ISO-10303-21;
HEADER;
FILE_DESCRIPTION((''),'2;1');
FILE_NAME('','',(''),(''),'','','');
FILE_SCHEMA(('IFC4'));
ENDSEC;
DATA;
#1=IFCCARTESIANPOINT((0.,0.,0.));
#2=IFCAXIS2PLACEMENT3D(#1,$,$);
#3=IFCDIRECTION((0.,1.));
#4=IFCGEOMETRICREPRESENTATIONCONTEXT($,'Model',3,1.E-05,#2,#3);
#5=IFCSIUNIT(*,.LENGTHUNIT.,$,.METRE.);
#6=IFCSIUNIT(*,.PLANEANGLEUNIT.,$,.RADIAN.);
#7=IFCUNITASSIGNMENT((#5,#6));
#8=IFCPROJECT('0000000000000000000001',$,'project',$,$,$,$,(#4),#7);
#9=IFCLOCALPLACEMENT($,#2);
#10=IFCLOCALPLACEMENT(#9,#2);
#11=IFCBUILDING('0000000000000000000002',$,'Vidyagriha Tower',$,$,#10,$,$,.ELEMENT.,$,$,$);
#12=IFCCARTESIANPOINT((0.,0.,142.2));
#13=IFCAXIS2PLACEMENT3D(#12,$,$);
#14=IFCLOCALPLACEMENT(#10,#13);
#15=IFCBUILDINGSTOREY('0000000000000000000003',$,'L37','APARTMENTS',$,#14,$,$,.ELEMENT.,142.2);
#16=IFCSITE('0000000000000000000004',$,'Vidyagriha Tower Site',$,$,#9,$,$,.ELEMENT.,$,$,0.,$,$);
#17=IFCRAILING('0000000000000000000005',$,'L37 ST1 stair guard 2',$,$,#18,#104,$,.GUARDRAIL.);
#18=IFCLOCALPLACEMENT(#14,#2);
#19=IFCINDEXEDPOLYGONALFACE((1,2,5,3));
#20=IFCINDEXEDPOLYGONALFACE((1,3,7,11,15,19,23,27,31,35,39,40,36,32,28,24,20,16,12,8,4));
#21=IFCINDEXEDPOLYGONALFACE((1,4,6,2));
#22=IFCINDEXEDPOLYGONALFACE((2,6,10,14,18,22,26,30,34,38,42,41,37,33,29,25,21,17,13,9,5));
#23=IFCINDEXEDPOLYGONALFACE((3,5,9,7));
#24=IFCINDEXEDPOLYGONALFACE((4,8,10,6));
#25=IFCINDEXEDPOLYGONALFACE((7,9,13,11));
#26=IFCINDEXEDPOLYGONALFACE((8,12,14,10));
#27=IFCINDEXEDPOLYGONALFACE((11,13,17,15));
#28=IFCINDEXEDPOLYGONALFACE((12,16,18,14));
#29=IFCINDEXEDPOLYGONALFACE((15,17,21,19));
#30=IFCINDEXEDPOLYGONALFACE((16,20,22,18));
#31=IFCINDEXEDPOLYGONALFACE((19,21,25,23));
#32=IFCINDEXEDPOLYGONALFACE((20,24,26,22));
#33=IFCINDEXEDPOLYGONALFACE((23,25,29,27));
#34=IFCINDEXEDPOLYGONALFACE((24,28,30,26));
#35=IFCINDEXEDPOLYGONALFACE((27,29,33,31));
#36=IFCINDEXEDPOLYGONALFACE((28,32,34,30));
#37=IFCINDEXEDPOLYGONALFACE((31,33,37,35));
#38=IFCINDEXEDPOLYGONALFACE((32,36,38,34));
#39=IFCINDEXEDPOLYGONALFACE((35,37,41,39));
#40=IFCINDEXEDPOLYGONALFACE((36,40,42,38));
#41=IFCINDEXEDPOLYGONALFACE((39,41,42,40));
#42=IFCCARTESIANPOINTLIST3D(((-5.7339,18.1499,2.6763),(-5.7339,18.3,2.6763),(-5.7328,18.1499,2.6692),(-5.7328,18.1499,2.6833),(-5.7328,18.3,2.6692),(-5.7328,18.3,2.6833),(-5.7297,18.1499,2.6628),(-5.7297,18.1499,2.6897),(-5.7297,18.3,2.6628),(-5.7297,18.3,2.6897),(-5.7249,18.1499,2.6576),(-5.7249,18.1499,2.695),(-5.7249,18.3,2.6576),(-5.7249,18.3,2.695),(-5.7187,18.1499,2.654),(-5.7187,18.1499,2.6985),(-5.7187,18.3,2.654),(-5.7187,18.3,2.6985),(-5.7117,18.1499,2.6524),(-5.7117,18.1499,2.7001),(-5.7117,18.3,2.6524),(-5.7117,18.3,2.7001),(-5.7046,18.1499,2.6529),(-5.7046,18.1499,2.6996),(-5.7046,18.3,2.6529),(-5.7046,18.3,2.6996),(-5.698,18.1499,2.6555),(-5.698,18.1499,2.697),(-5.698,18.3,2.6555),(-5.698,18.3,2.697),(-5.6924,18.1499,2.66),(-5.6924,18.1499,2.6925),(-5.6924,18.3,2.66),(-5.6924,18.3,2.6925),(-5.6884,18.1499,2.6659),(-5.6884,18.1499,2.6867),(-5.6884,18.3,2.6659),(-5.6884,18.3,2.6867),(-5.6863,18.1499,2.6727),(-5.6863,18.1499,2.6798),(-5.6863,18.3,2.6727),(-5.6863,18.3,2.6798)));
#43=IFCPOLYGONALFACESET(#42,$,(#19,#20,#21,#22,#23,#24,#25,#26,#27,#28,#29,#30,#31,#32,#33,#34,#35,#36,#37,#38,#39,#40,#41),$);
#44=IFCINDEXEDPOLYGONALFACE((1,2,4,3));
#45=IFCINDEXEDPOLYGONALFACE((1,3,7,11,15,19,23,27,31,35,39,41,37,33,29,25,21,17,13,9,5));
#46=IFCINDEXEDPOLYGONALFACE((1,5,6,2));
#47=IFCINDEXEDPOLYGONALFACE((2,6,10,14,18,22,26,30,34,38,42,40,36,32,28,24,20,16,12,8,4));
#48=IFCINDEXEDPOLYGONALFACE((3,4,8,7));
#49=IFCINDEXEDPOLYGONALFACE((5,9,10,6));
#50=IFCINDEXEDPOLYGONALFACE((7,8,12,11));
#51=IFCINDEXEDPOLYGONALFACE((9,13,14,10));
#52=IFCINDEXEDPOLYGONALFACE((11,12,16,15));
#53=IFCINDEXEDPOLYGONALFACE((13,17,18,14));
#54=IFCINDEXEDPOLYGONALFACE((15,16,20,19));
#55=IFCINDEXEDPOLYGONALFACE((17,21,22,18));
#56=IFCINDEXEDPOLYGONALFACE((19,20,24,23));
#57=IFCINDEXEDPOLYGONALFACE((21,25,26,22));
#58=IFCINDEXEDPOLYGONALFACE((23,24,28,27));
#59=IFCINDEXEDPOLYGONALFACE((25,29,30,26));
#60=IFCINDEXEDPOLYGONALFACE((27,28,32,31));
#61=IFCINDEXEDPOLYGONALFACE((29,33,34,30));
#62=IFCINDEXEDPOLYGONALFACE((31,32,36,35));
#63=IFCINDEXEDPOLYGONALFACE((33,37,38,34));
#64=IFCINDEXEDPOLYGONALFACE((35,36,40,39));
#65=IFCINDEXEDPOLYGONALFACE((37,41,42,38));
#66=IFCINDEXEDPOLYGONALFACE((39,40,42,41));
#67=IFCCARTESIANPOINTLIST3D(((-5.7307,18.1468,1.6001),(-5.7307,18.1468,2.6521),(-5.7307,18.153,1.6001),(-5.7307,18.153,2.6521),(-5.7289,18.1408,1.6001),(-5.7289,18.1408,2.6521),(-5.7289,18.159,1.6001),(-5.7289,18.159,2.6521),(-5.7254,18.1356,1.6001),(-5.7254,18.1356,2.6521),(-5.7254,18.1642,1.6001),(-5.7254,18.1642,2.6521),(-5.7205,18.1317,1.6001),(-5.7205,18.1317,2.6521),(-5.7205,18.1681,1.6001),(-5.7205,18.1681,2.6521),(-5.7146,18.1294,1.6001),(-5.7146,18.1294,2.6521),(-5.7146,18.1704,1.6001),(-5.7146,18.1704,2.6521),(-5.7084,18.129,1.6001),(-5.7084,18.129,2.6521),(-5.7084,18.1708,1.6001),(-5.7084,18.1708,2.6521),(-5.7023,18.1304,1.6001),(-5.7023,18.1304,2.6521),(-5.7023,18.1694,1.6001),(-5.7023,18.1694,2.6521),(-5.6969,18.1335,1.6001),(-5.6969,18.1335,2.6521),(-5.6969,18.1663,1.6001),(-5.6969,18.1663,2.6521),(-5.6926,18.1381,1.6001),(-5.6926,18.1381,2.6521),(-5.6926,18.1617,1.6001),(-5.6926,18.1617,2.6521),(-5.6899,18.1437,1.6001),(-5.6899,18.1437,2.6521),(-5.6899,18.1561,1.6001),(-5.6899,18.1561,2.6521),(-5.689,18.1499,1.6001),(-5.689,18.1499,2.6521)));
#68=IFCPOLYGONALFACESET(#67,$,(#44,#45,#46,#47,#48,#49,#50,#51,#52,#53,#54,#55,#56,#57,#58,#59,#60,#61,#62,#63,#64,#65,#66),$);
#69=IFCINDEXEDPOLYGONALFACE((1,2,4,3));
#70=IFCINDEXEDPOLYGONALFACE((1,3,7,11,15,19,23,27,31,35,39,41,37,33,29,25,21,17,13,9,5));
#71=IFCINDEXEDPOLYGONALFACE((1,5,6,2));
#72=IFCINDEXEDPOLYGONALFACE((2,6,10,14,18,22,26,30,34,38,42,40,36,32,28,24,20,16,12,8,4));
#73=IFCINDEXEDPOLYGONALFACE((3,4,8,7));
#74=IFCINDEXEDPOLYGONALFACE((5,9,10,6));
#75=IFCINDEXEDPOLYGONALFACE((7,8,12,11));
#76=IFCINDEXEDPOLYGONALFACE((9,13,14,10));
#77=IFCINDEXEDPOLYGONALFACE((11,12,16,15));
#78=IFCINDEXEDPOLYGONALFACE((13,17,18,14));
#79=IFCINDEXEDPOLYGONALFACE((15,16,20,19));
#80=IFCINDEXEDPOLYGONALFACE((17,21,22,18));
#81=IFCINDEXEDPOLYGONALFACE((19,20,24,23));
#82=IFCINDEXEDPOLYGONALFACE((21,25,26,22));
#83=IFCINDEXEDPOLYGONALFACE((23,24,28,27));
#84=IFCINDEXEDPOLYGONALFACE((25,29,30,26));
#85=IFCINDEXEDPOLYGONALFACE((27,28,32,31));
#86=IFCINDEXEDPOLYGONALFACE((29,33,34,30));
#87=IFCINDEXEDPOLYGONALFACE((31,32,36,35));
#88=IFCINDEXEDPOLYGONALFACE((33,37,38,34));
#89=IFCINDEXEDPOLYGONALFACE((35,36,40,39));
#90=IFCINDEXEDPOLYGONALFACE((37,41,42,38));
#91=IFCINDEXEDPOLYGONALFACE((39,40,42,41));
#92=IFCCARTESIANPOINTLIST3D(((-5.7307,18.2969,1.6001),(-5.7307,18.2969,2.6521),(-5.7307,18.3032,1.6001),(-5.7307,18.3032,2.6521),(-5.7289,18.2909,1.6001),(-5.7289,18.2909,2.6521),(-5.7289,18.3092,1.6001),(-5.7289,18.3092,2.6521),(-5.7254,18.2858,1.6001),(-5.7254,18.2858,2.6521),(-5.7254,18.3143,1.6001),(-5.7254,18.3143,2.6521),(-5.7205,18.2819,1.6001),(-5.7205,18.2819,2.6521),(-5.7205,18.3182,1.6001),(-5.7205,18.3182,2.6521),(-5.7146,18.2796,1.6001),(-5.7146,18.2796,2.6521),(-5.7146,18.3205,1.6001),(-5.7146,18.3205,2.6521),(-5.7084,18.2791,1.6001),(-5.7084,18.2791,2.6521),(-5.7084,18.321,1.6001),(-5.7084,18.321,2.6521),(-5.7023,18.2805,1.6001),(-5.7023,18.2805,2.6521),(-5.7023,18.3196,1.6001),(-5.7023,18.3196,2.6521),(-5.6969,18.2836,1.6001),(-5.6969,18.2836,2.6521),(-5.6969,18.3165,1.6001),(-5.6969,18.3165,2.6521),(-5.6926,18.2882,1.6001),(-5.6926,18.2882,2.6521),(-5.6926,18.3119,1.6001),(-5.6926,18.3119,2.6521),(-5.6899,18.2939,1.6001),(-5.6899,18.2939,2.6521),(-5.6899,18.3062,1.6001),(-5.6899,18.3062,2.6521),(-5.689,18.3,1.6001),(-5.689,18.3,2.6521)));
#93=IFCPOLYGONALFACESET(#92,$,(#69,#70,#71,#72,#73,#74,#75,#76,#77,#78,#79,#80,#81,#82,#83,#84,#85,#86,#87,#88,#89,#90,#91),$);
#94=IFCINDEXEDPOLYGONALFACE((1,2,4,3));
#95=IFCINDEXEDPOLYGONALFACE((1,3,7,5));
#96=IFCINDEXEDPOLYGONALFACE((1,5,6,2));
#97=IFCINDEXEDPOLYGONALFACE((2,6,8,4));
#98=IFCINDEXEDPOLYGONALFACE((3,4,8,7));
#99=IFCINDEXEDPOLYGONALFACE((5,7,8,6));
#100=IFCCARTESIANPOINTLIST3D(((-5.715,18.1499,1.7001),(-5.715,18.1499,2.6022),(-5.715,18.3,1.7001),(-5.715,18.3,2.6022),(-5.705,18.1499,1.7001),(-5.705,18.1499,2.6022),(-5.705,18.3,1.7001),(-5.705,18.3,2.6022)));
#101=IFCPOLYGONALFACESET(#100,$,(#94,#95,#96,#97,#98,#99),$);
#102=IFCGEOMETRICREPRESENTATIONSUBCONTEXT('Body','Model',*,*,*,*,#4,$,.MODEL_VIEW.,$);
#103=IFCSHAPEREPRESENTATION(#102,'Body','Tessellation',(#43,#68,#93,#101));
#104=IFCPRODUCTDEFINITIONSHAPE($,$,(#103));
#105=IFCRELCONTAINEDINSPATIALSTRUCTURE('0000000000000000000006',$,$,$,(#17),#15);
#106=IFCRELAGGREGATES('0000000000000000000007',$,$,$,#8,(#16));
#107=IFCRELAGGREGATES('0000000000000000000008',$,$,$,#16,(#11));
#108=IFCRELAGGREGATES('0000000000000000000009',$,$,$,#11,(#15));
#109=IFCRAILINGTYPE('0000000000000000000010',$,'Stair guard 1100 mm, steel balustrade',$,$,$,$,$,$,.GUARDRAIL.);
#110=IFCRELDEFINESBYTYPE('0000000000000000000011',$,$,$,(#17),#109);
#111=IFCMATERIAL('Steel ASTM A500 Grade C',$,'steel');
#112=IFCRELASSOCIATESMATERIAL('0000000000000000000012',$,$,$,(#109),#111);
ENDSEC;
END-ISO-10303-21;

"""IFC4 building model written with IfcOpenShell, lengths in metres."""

from ifc_helpers import new_model, si_unit, direction, frame, origin, origin_2d, place, context, subcontext, project, spatial, rectangle, circle, extrude, material, type_object, element, save


model = new_model("IFC4")

# Units and contexts
model_context = context("Model", 3, precision=1e-05, world=origin(), true_north=direction((0.0, 1.0)))
body_context = subcontext(model_context, "Body", "Model", "MODEL_VIEW")
ifc_project = project(units=[si_unit("LENGTHUNIT", "METRE"), si_unit("PLANEANGLEUNIT", "RADIAN")], contexts=[model_context])

# Site, building, storey
site_placement = place(None, origin())
site = spatial("IfcSite", under=ifc_project, at=site_placement, Name="Vidyagriha Tower Site", CompositionType="ELEMENT", RefElevation=0.0)
building_placement = place(site_placement, origin())
building = spatial("IfcBuilding", under=site, at=building_placement, Name="Vidyagriha Tower", CompositionType="ELEMENT")
storey_placement = place(building_placement, frame((0.0, 0.0, 142.2)))
storey = spatial("IfcBuildingStorey", under=building, at=storey_placement, Name="L37", Description="APARTMENTS", CompositionType="ELEMENT", Elevation=142.2)

# Railing
ifc_material_1 = material(Name="Steel ASTM A500 Grade C", Category="steel")
railing_type_1 = type_object("IfcRailingType", Name="Stair guard 1100 mm, steel balustrade", PredefinedType="GUARDRAIL", material=ifc_material_1)
railing_1_placement = place(storey_placement, frame((-5.71, 18.1499, 1.6001)))
element("IfcRailing", 1, at=railing_1_placement, inside=storey, type_object=railing_type_1, Name="L37 ST1 stair guard 2", PredefinedType="GUARDRAIL", context=body_context, shape_type="SweptSolid", body=[
    extrude(circle(Radius=0.0239, at=origin_2d()), frame((0.0, 0.0, 1.0762), z_axis=(0.0, 1.0, 0.0), x_axis=(-1.0, 0.0, 0.0)), (0.0, 0.0, 1.0), 0.1501),
    extrude(circle(Radius=0.021, at=origin_2d()), origin(), (0.0, 0.0, 1.0), 1.052),
    extrude(circle(Radius=0.021, at=origin_2d()), frame((0.0, 0.1501, 0.0)), (0.0, 0.0, 1.0), 1.052),
    extrude(rectangle(XDim=0.01, YDim=0.9021, at=origin_2d()), frame((0.0, 0.0, 0.551), z_axis=(0.0, 1.0, 0.0), x_axis=(-1.0, 0.0, 0.0)), (0.0, 0.0, 1.0), 0.1501),
])

save(model, "model.ifc")
